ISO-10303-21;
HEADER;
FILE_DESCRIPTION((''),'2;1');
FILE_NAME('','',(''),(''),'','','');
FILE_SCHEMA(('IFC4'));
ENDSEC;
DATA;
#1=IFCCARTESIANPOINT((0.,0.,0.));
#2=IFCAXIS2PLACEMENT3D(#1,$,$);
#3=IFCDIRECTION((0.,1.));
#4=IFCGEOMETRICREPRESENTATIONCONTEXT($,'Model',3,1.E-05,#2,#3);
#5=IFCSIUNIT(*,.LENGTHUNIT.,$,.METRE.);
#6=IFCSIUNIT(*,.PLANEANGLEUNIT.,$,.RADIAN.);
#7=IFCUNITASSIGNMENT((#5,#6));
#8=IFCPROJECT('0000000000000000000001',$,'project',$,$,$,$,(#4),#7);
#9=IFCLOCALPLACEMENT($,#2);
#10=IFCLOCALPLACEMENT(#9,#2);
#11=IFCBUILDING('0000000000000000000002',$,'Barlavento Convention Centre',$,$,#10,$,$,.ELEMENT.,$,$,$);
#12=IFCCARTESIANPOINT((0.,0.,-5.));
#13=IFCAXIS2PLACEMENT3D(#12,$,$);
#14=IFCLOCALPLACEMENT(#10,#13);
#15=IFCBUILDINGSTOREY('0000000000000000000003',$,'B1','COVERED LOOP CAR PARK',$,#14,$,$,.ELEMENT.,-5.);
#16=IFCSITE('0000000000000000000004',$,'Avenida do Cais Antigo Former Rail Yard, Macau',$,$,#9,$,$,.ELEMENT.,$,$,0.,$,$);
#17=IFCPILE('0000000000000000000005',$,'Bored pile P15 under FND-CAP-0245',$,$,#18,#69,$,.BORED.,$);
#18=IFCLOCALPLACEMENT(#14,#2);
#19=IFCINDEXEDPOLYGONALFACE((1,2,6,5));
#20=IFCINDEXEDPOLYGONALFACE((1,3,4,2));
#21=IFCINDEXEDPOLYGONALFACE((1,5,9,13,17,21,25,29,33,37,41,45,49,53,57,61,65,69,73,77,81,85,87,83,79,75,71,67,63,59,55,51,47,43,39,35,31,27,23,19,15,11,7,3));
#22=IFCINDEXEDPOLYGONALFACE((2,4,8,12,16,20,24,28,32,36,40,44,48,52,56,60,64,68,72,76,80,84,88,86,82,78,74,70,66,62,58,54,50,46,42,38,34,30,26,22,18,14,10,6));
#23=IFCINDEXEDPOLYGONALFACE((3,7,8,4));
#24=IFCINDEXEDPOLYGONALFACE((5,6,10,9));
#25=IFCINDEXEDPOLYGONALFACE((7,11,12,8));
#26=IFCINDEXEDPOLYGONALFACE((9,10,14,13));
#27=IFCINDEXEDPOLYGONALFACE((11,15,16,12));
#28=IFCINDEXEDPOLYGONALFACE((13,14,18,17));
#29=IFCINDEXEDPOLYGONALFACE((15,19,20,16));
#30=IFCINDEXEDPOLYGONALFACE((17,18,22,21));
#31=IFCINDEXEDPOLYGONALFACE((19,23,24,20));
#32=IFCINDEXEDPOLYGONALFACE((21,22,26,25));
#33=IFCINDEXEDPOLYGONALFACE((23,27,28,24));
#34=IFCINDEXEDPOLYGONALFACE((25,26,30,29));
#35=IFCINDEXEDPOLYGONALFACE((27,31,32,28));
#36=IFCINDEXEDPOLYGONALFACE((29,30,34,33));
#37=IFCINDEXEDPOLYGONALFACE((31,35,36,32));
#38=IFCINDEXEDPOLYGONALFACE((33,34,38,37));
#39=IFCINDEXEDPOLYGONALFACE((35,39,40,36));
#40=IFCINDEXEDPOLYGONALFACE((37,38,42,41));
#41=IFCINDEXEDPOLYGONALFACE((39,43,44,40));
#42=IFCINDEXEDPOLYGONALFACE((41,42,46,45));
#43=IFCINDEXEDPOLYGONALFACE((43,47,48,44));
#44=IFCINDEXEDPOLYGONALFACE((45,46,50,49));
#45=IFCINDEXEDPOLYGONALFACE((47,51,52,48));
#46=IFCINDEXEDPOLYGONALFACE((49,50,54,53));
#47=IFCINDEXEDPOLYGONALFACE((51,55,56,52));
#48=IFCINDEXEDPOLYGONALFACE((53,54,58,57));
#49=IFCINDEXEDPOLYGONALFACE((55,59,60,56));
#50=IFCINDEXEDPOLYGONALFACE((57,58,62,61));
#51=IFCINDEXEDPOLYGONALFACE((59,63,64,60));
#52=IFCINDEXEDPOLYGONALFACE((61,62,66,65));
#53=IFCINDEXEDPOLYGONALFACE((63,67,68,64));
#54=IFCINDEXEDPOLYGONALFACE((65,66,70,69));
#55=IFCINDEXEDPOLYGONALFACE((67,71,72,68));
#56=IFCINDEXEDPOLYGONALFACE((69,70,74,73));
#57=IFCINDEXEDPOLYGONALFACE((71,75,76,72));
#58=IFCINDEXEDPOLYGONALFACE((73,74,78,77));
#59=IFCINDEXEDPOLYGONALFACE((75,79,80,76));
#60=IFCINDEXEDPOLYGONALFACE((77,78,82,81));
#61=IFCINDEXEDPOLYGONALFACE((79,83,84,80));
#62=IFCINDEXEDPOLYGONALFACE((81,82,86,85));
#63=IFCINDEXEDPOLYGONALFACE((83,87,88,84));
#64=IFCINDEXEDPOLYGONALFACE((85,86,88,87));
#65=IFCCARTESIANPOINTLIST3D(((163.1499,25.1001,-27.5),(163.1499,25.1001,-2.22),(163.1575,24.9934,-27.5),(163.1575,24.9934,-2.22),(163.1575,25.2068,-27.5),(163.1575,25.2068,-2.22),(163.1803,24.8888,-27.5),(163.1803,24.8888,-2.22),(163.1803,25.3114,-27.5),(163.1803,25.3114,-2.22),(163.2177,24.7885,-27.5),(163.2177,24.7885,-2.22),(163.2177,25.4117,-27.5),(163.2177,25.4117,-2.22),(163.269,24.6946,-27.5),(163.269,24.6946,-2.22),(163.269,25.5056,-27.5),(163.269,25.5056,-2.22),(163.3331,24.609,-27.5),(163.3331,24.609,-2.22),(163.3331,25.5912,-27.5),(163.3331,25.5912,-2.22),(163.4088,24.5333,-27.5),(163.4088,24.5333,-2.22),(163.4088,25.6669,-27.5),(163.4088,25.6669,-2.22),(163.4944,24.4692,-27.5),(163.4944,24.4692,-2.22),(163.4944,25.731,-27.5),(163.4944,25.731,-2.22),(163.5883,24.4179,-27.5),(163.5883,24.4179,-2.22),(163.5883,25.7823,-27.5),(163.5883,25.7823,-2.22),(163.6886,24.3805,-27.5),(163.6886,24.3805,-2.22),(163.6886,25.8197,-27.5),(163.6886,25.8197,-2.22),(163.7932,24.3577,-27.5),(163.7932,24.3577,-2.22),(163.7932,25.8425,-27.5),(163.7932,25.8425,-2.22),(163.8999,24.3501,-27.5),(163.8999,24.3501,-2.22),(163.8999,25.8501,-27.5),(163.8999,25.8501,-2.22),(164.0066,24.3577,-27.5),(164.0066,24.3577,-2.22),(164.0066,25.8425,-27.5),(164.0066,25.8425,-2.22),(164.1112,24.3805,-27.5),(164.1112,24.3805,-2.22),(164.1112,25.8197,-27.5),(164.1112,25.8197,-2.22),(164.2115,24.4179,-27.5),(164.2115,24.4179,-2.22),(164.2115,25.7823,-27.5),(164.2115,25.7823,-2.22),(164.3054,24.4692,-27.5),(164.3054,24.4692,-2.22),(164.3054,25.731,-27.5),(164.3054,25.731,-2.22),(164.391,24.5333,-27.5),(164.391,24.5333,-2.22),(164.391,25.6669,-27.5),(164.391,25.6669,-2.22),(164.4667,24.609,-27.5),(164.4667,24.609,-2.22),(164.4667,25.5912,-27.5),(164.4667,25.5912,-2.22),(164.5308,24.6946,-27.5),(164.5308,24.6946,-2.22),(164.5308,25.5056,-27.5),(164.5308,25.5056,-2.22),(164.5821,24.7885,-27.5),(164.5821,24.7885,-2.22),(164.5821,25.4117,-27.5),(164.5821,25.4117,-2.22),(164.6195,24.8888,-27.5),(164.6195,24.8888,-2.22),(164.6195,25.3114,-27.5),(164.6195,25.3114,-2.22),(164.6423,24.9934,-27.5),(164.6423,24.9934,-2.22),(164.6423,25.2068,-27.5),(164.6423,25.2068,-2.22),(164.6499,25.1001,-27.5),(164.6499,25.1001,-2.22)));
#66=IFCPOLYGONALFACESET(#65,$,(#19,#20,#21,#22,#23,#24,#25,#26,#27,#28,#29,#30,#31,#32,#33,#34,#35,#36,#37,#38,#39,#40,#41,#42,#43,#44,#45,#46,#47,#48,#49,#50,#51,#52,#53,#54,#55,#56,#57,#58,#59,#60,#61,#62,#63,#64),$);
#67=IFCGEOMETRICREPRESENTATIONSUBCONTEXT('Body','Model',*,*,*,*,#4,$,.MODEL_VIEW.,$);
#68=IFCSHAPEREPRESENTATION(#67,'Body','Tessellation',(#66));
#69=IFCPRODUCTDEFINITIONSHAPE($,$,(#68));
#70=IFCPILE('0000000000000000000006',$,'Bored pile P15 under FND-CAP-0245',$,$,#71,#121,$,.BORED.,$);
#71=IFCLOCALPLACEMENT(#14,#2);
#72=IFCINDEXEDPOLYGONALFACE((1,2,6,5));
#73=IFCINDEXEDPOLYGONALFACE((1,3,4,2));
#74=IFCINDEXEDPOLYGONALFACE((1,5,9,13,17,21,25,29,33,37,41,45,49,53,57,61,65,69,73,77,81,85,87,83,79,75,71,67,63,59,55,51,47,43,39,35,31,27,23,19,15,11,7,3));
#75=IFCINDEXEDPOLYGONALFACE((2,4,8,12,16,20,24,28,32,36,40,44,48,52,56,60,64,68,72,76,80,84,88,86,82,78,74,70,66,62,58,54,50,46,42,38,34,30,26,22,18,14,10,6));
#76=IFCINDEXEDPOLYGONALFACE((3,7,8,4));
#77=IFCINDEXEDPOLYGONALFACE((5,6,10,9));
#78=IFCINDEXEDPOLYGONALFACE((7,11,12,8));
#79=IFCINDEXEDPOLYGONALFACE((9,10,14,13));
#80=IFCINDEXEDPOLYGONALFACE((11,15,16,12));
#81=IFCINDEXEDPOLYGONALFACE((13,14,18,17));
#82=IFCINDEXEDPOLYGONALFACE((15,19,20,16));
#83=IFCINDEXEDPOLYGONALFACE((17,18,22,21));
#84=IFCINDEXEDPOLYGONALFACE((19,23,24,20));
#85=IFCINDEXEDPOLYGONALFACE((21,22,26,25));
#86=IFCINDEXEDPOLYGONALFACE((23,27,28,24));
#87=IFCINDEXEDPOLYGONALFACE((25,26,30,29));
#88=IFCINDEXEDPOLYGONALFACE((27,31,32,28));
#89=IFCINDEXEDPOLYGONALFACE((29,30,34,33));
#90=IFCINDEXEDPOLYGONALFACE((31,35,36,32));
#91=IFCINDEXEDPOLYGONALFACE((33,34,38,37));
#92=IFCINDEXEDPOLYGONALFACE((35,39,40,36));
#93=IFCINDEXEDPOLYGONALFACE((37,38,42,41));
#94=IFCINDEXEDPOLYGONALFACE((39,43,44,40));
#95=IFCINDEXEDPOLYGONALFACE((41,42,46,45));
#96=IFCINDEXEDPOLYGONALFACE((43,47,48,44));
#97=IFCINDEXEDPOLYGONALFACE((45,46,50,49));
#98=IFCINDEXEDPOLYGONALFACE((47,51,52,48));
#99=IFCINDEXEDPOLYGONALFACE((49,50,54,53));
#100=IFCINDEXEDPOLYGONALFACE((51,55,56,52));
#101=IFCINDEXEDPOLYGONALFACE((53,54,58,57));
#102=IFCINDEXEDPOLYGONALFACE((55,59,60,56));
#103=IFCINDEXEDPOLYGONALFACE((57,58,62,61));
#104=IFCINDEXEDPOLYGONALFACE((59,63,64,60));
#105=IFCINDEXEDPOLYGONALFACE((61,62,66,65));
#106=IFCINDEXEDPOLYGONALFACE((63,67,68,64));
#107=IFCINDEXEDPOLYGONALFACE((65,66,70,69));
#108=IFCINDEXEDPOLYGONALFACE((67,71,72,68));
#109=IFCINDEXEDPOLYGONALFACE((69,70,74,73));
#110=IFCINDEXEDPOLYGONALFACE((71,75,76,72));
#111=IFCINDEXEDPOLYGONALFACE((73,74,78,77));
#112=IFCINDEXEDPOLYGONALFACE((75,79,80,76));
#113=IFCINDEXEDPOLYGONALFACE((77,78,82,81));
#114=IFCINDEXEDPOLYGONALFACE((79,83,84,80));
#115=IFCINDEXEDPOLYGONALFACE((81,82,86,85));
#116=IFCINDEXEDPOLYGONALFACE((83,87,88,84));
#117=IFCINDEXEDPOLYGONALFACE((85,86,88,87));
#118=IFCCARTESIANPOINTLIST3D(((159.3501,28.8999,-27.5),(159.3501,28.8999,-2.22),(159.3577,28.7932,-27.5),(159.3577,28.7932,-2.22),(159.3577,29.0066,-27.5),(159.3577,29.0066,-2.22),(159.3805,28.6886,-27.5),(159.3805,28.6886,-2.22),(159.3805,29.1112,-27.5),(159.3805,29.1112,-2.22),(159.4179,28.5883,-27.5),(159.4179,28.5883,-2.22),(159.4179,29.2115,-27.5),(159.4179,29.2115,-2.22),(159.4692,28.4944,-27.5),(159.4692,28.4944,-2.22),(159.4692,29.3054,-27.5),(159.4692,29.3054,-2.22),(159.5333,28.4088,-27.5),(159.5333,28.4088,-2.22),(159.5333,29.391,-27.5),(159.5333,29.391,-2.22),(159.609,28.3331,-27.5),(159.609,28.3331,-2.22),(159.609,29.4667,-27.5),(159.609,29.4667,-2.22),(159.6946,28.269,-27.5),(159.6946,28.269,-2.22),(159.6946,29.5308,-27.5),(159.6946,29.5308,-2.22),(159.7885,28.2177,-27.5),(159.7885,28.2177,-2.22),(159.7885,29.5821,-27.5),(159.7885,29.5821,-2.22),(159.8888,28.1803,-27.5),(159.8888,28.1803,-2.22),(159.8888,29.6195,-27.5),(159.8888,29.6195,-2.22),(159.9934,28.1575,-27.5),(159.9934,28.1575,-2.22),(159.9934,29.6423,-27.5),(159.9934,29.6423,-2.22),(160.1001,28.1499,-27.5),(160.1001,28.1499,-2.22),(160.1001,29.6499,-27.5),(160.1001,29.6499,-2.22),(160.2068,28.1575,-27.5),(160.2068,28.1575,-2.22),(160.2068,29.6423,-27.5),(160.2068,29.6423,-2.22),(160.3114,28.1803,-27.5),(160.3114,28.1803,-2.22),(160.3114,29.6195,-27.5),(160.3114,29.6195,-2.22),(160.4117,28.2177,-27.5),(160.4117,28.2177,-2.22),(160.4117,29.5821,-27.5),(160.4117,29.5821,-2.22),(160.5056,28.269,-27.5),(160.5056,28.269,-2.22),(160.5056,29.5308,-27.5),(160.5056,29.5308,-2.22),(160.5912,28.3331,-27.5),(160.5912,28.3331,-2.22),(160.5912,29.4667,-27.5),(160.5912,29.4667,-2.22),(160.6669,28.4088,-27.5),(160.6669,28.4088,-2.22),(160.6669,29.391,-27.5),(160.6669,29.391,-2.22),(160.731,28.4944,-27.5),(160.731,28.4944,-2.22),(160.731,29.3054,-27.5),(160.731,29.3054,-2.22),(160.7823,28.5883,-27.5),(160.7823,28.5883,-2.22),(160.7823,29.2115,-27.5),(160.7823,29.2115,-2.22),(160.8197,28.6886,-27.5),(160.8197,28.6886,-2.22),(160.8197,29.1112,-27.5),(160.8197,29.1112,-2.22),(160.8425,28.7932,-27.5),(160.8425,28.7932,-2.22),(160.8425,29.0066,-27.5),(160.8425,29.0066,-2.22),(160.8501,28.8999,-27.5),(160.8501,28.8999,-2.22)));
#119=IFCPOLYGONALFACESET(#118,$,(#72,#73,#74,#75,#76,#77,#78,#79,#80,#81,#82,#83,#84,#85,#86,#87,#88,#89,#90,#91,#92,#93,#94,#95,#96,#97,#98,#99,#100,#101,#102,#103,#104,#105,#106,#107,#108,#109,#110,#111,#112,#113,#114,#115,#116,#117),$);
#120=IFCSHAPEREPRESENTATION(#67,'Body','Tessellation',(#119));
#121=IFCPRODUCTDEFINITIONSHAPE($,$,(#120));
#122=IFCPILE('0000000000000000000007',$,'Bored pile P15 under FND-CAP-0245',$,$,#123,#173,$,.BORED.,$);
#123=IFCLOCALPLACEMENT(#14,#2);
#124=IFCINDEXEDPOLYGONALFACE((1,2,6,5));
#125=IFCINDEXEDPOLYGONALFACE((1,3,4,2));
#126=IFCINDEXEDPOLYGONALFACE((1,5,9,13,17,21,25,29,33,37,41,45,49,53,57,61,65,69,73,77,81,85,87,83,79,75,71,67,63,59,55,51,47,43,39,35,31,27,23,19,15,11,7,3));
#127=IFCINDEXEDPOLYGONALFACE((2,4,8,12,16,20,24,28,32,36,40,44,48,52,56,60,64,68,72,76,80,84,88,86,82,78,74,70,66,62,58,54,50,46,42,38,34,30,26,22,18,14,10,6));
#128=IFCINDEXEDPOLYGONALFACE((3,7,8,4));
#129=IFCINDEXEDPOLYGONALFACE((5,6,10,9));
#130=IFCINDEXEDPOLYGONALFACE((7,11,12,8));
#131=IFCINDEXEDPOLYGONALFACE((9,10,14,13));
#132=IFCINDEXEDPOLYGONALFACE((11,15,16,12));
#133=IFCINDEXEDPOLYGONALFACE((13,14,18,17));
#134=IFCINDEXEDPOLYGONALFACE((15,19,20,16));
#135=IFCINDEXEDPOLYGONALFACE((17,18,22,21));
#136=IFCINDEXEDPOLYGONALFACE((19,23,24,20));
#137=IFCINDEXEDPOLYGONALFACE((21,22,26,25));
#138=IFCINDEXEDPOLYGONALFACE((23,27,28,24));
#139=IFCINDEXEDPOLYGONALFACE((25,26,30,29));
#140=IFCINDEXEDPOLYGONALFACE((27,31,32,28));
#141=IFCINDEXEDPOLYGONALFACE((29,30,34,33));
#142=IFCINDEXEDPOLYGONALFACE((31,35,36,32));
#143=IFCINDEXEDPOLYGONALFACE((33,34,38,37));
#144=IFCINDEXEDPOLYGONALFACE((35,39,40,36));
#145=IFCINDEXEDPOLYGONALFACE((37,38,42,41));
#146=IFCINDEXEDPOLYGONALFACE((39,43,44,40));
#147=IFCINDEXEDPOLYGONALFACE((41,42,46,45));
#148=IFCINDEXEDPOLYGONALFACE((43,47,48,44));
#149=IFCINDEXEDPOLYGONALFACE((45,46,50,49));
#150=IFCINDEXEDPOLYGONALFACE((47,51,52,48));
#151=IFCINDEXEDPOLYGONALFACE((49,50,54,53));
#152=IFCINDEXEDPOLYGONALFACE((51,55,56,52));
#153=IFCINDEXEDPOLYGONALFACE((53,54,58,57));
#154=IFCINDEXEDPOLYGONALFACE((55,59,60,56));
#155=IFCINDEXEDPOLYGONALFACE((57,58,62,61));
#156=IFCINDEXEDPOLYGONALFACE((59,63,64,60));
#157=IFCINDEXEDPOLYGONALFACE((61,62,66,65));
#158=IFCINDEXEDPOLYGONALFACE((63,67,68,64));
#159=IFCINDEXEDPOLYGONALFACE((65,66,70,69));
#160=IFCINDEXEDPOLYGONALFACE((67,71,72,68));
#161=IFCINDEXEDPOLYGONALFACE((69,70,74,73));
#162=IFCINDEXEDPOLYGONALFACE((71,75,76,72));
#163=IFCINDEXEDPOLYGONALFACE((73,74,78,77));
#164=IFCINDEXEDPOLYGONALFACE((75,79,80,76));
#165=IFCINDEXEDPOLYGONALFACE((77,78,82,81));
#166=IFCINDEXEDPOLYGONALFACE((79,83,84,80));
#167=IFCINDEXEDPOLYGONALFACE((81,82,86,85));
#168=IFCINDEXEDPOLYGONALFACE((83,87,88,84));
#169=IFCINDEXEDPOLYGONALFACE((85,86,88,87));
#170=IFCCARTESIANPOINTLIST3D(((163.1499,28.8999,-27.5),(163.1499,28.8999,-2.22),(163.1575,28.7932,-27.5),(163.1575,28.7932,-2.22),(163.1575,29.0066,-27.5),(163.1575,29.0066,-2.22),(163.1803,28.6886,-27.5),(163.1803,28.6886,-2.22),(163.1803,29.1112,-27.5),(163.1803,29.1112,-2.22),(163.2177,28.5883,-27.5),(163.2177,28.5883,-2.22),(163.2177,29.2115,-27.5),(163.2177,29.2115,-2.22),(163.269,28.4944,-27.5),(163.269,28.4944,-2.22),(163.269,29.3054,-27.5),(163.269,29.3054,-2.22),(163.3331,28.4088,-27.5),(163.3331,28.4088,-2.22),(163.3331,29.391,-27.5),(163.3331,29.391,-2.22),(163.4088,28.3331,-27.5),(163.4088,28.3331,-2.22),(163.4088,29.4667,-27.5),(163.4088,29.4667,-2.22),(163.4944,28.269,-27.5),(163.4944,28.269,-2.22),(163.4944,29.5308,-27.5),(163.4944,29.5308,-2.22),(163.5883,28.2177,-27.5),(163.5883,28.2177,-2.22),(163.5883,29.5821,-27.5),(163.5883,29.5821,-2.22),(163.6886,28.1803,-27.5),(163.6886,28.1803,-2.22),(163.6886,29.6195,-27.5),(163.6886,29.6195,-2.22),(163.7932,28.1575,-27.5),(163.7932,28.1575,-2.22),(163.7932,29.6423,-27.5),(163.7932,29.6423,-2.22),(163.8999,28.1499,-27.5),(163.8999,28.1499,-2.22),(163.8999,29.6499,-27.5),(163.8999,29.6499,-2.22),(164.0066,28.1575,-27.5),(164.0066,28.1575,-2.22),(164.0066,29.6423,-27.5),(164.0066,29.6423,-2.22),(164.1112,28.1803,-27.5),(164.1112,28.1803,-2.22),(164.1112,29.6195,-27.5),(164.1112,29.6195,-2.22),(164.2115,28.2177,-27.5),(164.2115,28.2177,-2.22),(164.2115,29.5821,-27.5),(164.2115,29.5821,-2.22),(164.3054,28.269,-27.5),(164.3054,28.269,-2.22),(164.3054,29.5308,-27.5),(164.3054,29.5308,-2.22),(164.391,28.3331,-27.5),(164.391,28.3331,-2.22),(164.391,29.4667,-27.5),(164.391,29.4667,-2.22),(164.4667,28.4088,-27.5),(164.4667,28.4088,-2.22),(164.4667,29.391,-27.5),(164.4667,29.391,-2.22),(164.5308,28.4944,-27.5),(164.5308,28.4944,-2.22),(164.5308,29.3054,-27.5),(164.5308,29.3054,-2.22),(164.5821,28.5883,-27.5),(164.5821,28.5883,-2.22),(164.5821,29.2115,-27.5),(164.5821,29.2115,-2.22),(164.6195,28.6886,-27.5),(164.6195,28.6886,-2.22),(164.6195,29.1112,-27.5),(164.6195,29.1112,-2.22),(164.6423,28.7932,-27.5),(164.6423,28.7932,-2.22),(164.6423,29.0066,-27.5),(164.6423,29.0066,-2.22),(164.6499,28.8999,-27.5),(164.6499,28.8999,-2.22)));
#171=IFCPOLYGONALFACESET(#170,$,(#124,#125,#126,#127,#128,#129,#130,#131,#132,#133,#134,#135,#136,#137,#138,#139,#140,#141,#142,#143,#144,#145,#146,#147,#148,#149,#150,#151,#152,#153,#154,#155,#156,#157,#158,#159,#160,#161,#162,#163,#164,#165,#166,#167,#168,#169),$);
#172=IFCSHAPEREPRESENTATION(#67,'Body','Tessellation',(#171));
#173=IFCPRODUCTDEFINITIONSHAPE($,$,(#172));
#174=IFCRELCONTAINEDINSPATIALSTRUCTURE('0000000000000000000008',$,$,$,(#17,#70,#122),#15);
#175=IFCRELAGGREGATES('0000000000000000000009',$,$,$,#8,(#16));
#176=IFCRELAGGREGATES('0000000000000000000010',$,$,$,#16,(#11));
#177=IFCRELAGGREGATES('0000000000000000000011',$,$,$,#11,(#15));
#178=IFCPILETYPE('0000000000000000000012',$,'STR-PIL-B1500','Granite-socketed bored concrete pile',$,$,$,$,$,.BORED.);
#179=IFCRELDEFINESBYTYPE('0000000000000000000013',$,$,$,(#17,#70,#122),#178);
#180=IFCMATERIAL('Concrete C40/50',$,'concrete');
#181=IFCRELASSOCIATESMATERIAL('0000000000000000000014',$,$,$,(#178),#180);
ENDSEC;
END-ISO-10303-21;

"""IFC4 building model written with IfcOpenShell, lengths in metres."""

from ifc_helpers import new_model, si_unit, direction, frame, origin, origin_2d, place, context, subcontext, project, spatial, circle, extrude, material, material_profile, profile_set, type_object, element, save


model = new_model("IFC4")

# Units and contexts
model_context = context("Model", 3, precision=1e-05, world=origin(), true_north=direction((0.0, 1.0)))
body_context = subcontext(model_context, "Body", "Model", "MODEL_VIEW")
ifc_project = project(units=[si_unit("LENGTHUNIT", "METRE"), si_unit("PLANEANGLEUNIT", "RADIAN")], contexts=[model_context])

# Site, building, storey
site_placement = place(None, origin())
site = spatial("IfcSite", under=ifc_project, at=site_placement, Name="Avenida do Cais Antigo Former Rail Yard, Macau", CompositionType="ELEMENT", RefElevation=0.0)
building_placement = place(site_placement, origin())
building = spatial("IfcBuilding", under=site, at=building_placement, Name="Barlavento Convention Centre", CompositionType="ELEMENT")
storey_placement = place(building_placement, frame((0.0, 0.0, -5.0)))
storey = spatial("IfcBuildingStorey", under=building, at=storey_placement, Name="B1", Description="COVERED LOOP CAR PARK", CompositionType="ELEMENT", Elevation=-5.0)

# Shared definitions
ifc_material_1 = material(Name="Concrete C40/50", Category="concrete")

# Piles
ifc_material_profile_1 = material_profile(ifc_material_1, circle(Radius=0.75, at=origin_2d()), Name="BORED PILE 1500")
ifc_profile_set_1 = profile_set([ifc_material_profile_1], Name="Concrete C40/50")
pile_type_1 = type_object("IfcPileType", Name="STR-PIL-B1500", Description="Granite-socketed bored concrete pile", PredefinedType="BORED", material=ifc_profile_set_1)
for number, where, z_axis, x_axis, name in (
    (1, (163.8999, 25.1001, -2.22), (0.0, 0.0, -1.0), (1.0, 0.0, 0.0), "Bored pile P15 under FND-CAP-0245"),
    (2, (160.1001, 28.8999, -2.22), (0.0, 0.0, -1.0), (1.0, 0.0, 0.0), "Bored pile P15 under FND-CAP-0245"),
    (3, (163.8999, 28.8999, -2.22), (0.0, 0.0, -1.0), (1.0, 0.0, 0.0), "Bored pile P15 under FND-CAP-0245"),
):
    element("IfcPile", number, at=place(storey_placement, frame(where, z_axis=z_axis, x_axis=x_axis)), inside=storey, type_object=pile_type_1, Name=name, PredefinedType="BORED", context=body_context, shape_type="SweptSolid", body=[
        extrude(circle(Radius=0.75, at=origin_2d()), origin(), (0.0, 0.0, 1.0), 25.28),
    ])

save(model, "model.ifc")
